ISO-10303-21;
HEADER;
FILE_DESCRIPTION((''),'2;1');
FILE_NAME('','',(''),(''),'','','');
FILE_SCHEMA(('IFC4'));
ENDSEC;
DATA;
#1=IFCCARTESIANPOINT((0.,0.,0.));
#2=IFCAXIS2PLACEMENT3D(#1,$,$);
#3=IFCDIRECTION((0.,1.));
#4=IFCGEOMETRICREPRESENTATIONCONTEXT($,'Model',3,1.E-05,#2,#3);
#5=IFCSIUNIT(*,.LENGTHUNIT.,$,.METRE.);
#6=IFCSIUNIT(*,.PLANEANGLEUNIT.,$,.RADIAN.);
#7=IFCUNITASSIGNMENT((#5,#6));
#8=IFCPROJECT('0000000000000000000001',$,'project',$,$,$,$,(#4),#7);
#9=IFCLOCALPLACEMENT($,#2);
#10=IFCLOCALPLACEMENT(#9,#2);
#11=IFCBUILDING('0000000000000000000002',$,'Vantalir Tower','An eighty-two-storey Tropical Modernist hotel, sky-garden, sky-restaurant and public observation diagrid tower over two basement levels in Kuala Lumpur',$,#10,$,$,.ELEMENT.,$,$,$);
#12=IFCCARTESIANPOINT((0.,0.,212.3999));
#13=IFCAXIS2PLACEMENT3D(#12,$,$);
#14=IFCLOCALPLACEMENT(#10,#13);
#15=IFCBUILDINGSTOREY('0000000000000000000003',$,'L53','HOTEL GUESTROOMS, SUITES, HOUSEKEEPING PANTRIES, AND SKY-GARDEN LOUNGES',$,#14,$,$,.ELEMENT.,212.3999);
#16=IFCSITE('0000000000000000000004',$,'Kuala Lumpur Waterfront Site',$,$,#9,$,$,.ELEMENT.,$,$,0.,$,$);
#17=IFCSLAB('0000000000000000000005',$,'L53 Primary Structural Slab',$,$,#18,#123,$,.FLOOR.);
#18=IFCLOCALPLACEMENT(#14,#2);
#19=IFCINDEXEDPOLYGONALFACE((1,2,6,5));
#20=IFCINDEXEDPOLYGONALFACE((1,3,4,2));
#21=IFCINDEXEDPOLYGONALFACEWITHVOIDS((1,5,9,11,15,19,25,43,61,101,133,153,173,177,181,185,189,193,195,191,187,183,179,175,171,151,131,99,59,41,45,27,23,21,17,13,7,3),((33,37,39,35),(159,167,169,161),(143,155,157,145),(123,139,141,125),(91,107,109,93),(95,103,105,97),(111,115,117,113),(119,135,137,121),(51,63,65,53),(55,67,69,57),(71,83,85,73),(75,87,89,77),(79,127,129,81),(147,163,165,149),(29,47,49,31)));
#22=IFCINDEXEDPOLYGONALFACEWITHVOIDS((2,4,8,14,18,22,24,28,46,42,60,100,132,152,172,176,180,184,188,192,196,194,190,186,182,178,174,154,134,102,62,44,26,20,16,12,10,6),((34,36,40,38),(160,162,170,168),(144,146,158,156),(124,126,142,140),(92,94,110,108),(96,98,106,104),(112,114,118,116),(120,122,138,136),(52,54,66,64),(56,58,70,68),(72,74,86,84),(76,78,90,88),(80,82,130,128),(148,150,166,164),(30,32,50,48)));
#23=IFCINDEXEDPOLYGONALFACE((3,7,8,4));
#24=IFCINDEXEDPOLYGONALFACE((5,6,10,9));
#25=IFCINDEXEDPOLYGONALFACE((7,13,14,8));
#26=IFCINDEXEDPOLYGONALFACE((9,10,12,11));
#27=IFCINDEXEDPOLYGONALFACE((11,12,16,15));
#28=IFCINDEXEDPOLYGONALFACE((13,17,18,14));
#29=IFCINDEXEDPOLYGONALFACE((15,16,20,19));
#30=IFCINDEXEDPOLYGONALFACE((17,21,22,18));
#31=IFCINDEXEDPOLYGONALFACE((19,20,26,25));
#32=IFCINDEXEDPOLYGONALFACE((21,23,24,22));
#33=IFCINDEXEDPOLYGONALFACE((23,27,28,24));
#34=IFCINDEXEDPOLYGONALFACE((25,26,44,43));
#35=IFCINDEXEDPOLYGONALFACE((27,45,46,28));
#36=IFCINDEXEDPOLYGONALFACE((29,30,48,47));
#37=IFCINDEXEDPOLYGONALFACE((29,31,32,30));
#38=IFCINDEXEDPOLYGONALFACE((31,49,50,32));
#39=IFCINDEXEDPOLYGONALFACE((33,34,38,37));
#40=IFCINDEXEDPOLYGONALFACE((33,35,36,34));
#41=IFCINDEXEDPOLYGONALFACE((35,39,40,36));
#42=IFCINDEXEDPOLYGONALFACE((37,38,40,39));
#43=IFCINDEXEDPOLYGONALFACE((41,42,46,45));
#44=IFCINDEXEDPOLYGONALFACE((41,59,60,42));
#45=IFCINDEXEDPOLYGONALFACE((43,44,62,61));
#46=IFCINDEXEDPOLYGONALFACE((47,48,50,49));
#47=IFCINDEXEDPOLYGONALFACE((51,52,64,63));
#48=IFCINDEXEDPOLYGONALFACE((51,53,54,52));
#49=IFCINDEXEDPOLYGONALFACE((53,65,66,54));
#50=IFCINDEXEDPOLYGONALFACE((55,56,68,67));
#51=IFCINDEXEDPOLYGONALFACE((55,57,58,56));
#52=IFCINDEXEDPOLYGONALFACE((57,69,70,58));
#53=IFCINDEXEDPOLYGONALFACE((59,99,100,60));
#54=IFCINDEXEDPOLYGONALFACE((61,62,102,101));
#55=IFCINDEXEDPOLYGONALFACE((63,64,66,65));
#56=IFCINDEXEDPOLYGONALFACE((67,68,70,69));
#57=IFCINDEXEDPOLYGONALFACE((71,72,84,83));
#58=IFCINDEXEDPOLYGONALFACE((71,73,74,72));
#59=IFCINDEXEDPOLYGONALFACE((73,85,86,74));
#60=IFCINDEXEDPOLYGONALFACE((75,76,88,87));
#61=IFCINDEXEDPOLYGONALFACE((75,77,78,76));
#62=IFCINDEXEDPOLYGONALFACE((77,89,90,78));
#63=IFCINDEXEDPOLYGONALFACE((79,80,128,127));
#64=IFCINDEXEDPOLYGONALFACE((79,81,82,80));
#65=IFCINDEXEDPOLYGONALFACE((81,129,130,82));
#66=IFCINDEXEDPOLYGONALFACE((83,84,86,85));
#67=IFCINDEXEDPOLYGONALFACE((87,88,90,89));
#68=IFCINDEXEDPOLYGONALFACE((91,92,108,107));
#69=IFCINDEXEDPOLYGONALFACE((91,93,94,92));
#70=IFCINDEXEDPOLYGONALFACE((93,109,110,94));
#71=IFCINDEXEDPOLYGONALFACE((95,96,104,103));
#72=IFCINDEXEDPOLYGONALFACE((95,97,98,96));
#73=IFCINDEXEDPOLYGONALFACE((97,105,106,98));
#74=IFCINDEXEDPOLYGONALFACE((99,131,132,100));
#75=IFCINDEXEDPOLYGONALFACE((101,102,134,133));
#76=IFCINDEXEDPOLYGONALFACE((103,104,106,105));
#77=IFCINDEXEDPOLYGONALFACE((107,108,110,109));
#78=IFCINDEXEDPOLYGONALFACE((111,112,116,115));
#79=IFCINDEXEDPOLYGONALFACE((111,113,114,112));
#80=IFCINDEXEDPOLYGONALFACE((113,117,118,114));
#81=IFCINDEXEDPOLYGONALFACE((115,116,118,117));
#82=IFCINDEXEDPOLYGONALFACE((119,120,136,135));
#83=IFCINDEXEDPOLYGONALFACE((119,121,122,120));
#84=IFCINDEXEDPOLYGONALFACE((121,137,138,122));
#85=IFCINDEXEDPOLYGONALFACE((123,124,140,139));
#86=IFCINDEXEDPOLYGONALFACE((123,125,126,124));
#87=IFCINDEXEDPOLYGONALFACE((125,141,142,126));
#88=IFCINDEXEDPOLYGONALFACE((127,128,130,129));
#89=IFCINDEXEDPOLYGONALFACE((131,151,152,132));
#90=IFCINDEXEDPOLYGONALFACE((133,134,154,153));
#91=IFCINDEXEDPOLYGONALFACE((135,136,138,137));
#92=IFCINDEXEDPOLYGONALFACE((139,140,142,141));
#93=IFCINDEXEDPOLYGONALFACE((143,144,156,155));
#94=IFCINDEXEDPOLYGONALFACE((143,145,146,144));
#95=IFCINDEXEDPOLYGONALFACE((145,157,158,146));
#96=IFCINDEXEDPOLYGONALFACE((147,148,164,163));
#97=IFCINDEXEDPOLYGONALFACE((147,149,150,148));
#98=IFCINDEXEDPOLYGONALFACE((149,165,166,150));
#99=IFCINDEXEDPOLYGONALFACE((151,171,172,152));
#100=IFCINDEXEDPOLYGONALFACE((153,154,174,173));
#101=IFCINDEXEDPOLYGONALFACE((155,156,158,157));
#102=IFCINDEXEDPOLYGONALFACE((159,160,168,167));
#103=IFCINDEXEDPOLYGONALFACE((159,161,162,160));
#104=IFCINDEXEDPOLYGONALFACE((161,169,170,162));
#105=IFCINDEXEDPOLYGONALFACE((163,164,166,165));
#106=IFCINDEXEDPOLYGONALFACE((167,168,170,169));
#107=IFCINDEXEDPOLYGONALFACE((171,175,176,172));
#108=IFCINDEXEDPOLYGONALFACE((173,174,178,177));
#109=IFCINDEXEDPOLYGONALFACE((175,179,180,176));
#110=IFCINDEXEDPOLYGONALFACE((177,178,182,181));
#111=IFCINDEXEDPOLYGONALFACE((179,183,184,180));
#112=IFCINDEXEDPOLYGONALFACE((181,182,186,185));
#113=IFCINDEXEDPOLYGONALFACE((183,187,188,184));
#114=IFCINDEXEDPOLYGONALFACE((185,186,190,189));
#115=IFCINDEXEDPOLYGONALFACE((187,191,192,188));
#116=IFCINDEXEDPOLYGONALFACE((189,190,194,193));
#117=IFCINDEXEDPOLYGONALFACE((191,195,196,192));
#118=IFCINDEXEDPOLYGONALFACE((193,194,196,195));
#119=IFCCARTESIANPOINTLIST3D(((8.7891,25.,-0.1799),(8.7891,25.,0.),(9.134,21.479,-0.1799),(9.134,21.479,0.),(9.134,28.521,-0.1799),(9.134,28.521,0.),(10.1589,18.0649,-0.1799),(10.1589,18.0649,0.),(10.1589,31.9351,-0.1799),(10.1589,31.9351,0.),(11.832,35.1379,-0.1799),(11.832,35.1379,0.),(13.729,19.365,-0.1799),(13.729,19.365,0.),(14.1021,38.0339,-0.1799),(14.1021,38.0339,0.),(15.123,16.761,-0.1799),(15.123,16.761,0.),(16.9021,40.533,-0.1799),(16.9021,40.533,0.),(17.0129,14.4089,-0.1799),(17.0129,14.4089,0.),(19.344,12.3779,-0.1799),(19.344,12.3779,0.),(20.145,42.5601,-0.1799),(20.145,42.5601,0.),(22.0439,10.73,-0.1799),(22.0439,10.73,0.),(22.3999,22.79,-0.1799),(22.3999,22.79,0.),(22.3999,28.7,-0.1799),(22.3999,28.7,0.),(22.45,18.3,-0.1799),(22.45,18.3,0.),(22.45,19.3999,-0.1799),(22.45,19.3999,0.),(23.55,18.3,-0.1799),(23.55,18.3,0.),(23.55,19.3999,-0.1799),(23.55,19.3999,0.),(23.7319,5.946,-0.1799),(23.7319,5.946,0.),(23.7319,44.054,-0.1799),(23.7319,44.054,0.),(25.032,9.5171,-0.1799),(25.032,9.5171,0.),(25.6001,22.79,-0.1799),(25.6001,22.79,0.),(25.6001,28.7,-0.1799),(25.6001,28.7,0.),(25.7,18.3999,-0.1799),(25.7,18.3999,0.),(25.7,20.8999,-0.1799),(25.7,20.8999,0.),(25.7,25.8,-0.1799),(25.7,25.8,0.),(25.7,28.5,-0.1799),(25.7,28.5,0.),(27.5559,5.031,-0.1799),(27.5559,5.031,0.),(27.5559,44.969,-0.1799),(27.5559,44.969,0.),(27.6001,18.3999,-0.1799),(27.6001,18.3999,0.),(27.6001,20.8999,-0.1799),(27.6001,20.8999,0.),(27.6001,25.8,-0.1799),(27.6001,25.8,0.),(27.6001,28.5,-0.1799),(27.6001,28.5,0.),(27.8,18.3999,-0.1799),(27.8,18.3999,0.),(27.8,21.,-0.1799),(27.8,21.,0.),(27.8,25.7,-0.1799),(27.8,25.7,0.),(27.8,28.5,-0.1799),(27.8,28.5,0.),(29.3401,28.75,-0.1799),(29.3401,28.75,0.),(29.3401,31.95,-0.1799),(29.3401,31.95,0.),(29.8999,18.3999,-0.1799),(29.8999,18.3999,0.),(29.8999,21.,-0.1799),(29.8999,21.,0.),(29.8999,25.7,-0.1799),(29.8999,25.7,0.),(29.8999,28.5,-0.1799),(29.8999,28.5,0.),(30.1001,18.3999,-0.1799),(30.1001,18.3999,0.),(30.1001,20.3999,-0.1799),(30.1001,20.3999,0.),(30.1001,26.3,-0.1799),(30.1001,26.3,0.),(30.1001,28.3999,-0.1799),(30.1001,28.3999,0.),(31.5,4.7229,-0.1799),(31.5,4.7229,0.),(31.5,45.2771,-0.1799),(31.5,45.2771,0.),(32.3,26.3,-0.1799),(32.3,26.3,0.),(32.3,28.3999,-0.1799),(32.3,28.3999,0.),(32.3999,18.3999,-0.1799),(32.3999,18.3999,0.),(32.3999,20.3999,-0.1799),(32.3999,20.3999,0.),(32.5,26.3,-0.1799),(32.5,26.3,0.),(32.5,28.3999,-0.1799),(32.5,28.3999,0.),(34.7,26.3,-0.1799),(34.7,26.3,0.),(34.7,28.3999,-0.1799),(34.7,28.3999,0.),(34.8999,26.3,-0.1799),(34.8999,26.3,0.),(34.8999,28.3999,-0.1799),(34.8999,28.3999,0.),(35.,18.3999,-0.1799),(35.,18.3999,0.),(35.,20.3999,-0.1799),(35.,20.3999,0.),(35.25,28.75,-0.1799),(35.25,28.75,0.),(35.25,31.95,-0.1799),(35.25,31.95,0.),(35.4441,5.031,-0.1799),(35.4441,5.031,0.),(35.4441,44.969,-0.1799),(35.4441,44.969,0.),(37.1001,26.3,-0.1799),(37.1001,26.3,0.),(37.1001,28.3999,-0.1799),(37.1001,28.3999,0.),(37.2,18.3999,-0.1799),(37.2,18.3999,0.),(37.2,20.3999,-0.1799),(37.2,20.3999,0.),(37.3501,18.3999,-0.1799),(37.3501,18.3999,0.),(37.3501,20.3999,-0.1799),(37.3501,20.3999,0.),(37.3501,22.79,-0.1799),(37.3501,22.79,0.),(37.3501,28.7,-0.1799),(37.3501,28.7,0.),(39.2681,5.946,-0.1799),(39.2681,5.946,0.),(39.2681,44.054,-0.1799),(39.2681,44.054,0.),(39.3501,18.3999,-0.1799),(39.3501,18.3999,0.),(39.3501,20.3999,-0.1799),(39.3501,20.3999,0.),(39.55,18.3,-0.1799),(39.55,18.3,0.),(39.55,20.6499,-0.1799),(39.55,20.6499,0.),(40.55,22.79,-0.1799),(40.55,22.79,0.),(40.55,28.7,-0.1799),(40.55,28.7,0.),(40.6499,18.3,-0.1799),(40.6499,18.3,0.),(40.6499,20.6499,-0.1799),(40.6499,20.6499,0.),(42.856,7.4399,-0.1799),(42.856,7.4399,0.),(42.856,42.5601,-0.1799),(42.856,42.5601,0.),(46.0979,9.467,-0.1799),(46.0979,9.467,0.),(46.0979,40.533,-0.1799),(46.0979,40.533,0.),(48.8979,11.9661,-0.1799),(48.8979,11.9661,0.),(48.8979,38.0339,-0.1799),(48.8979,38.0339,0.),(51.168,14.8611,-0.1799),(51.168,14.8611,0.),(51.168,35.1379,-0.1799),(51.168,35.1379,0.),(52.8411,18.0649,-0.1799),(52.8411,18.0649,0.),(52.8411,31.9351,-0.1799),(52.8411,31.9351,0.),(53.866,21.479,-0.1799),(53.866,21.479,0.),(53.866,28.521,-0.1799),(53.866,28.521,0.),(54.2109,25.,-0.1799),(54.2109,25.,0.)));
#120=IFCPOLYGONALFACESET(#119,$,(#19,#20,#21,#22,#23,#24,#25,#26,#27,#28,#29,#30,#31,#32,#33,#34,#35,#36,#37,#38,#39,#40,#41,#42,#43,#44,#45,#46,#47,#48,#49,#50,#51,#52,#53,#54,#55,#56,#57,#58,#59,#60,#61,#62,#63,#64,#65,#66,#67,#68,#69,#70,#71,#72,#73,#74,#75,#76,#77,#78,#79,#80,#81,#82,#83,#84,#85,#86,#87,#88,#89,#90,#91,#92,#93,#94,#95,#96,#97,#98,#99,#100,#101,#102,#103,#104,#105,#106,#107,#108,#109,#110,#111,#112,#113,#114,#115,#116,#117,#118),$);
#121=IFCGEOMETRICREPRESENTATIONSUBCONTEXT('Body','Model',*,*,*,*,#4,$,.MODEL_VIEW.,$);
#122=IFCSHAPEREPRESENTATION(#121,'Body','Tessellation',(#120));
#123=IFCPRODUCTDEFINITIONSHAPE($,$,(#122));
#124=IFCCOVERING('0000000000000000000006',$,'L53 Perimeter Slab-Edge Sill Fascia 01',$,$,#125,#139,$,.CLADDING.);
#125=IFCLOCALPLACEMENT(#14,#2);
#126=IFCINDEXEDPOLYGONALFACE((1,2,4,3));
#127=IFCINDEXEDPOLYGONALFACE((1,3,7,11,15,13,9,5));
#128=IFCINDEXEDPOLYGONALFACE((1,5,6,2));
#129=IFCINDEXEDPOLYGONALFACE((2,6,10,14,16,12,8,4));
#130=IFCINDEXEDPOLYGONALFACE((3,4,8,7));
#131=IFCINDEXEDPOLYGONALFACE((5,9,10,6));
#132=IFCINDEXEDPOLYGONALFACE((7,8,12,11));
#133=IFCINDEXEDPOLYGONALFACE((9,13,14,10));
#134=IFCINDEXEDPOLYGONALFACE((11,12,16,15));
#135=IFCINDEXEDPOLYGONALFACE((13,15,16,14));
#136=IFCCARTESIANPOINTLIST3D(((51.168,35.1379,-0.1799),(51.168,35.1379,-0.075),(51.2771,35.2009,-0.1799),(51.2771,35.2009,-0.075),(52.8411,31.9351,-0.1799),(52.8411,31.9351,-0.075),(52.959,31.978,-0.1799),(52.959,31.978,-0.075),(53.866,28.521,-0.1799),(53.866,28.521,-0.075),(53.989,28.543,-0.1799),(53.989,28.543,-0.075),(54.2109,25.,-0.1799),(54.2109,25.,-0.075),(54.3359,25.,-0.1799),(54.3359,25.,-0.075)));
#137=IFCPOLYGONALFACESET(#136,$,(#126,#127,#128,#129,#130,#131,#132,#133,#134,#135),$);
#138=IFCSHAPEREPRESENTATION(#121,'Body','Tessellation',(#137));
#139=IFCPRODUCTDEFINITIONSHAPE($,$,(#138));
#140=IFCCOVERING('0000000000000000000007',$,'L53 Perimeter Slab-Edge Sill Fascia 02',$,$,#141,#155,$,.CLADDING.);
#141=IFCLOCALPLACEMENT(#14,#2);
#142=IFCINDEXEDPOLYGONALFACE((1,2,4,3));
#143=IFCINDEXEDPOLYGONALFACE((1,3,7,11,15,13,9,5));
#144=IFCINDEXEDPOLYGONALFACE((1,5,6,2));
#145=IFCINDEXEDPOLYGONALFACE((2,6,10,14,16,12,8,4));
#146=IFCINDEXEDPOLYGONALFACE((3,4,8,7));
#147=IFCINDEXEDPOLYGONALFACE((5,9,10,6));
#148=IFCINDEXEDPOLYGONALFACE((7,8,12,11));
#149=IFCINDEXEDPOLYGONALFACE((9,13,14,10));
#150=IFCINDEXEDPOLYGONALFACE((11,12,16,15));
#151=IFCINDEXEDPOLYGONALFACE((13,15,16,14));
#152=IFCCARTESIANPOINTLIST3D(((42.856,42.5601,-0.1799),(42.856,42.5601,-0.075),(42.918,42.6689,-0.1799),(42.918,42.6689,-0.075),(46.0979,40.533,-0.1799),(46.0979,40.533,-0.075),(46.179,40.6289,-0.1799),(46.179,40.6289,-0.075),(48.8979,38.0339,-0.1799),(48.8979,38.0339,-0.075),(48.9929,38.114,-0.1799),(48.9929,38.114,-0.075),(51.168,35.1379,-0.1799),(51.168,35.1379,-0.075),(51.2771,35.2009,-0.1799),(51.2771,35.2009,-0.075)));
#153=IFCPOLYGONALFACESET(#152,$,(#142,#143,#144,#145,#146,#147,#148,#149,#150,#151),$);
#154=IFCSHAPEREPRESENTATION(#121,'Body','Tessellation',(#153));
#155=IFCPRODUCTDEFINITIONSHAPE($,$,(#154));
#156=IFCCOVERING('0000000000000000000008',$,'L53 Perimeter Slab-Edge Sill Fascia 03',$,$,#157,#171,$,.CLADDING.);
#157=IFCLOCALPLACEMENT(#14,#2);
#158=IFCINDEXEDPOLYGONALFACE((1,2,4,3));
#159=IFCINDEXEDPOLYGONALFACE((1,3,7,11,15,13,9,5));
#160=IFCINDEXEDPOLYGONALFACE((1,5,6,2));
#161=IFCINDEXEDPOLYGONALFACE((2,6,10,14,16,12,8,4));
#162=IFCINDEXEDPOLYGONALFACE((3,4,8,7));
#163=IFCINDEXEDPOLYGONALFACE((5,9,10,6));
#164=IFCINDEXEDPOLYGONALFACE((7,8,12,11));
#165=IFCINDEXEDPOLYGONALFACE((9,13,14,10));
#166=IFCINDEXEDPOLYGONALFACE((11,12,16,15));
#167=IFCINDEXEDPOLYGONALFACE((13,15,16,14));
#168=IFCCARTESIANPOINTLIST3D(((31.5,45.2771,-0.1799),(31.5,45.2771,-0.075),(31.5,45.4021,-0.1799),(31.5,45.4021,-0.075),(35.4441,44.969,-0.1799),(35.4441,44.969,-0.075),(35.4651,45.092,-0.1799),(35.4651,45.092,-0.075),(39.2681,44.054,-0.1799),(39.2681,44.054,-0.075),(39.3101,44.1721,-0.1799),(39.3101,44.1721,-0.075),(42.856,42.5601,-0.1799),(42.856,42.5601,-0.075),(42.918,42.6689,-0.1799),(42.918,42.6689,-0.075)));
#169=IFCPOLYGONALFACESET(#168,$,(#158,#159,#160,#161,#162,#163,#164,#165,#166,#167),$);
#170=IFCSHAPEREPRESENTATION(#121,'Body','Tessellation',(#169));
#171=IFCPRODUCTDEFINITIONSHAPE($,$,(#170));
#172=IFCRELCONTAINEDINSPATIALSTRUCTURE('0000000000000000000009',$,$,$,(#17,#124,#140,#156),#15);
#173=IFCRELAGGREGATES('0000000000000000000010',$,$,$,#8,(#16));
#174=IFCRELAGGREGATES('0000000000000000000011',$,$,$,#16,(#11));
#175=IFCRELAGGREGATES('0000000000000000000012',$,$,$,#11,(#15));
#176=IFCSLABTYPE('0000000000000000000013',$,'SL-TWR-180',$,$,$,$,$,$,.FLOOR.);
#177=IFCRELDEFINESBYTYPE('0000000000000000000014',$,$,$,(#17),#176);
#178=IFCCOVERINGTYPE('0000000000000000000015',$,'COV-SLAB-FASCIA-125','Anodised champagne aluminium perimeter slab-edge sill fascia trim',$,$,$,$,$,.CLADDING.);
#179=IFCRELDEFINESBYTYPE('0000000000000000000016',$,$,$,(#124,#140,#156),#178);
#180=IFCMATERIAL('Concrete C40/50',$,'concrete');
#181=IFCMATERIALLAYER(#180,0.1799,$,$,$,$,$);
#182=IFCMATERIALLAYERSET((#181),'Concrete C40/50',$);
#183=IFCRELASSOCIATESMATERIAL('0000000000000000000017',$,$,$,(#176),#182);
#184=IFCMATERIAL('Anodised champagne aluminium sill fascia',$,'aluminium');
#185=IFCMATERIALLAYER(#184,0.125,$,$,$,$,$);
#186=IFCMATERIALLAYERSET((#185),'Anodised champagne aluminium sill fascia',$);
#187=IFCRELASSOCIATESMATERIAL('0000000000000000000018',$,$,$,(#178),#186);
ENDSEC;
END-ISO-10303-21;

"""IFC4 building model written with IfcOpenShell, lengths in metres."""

from ifc_helpers import new_model, si_unit, direction, frame, origin, place, context, subcontext, project, spatial, polyline, outline, extrude, material, layer, layer_set, type_object, element, save


model = new_model("IFC4")

# Units and contexts
model_context = context("Model", 3, precision=1e-05, world=origin(), true_north=direction((0.0, 1.0)))
body_context = subcontext(model_context, "Body", "Model", "MODEL_VIEW")
ifc_project = project(units=[si_unit("LENGTHUNIT", "METRE"), si_unit("PLANEANGLEUNIT", "RADIAN")], contexts=[model_context])

# Site, building, storey
site_placement = place(None, origin())
site = spatial("IfcSite", under=ifc_project, at=site_placement, Name="Kuala Lumpur Waterfront Site", CompositionType="ELEMENT", RefElevation=0.0)
building_placement = place(site_placement, origin())
building = spatial("IfcBuilding", under=site, at=building_placement, Name="Vantalir Tower", Description="An eighty-two-storey Tropical Modernist hotel, sky-garden, sky-restaurant and public observation diagrid tower over two basement levels in Kuala Lumpur", CompositionType="ELEMENT")
storey_placement = place(building_placement, frame((0.0, 0.0, 212.3999)))
storey = spatial("IfcBuildingStorey", under=building, at=storey_placement, Name="L53", Description="HOTEL GUESTROOMS, SUITES, HOUSEKEEPING PANTRIES, AND SKY-GARDEN LOUNGES", CompositionType="ELEMENT", Elevation=212.3999)

# Shared definitions
ifc_material_1 = material(Name="Concrete C40/50", Category="concrete")

# Slab
ifc_layer_1 = layer(ifc_material_1, 0.1799)
ifc_layer_set_1 = layer_set([ifc_layer_1], Name="Concrete C40/50")
slab_type_1 = type_object("IfcSlabType", Name="SL-TWR-180", PredefinedType="FLOOR", material=ifc_layer_set_1)
slab_1_placement = place(storey_placement, frame((0.0, 0.0, -0.1799)))
element("IfcSlab", 1, at=slab_1_placement, inside=storey, type_object=slab_type_1, Name="L53 Primary Structural Slab", PredefinedType="FLOOR", context=body_context, shape_type="SweptSolid", body=[
    extrude(outline(polyline([(19.344, 12.3779), (22.0439, 10.73), (25.032, 9.5171), (23.7319, 5.946), (27.5559, 5.031), (31.5, 4.7229), (35.4441, 5.031), (39.2681, 5.946), (42.856, 7.4399), (46.0979, 9.467), (48.8979, 11.9661), (51.168, 14.8611), (52.8411, 18.0649), (53.866, 21.479), (54.2109, 25.0), (53.866, 28.521), (52.8411, 31.9351), (51.168, 35.1379), (48.8979, 38.0339), (46.0979, 40.533), (42.856, 42.5601), (39.2681, 44.054), (35.4441, 44.969), (31.5, 45.2771), (27.5559, 44.969), (23.7319, 44.054), (20.145, 42.5601), (16.9021, 40.533), (14.1021, 38.0339), (11.832, 35.1379), (10.1589, 31.9351), (9.134, 28.521), (8.7891, 25.0), (9.134, 21.479), (10.1589, 18.0649), (13.729, 19.365), (15.123, 16.761), (17.0129, 14.4089), (19.344, 12.3779)]), holes=[polyline([(22.3999, 28.7), (25.6001, 28.7), (25.6001, 22.79), (22.3999, 22.79), (22.3999, 28.7)]), polyline([(40.55, 28.7), (40.55, 22.79), (37.3501, 22.79), (37.3501, 28.7), (40.55, 28.7)]), polyline([(29.3401, 28.75), (29.3401, 31.95), (35.25, 31.95), (35.25, 28.75), (29.3401, 28.75)]), polyline([(25.7, 18.3999), (25.7, 20.8999), (27.6001, 20.8999), (27.6001, 18.3999), (25.7, 18.3999)]), polyline([(25.7, 28.5), (27.6001, 28.5), (27.6001, 25.8), (25.7, 25.8), (25.7, 28.5)]), polyline([(29.8999, 21.0), (29.8999, 18.3999), (27.8, 18.3999), (27.8, 21.0), (29.8999, 21.0)]), polyline([(29.8999, 25.7), (27.8, 25.7), (27.8, 28.5), (29.8999, 28.5), (29.8999, 25.7)]), polyline([(30.1001, 18.3999), (30.1001, 20.3999), (32.3999, 20.3999), (32.3999, 18.3999), (30.1001, 18.3999)]), polyline([(37.3501, 20.3999), (39.3501, 20.3999), (39.3501, 18.3999), (37.3501, 18.3999), (37.3501, 20.3999)]), polyline([(37.2, 20.3999), (37.2, 18.3999), (35.0, 18.3999), (35.0, 20.3999), (37.2, 20.3999)]), polyline([(32.3, 26.3), (30.1001, 26.3), (30.1001, 28.3999), (32.3, 28.3999), (32.3, 26.3)]), polyline([(32.5, 26.3), (32.5, 28.3999), (34.7, 28.3999), (34.7, 26.3), (32.5, 26.3)]), polyline([(34.8999, 28.3999), (37.1001, 28.3999), (37.1001, 26.3), (34.8999, 26.3), (34.8999, 28.3999)]), polyline([(23.55, 19.3999), (23.55, 18.3), (22.45, 18.3), (22.45, 19.3999), (23.55, 19.3999)]), polyline([(40.6499, 18.3), (39.55, 18.3), (39.55, 20.6499), (40.6499, 20.6499), (40.6499, 18.3)])]), origin(), (0.0, 0.0, 1.0), 0.1799),
])

# Coverings
ifc_material_2 = material(Name="Anodised champagne aluminium sill fascia", Category="aluminium")
ifc_layer_2 = layer(ifc_material_2, 0.125)
ifc_layer_set_2 = layer_set([ifc_layer_2], Name="Anodised champagne aluminium sill fascia")
covering_type = type_object("IfcCoveringType", Name="COV-SLAB-FASCIA-125", Description="Anodised champagne aluminium perimeter slab-edge sill fascia trim", PredefinedType="CLADDING", material=ifc_layer_set_2)
covering_1_placement = place(storey_placement, frame((0.0, 0.0, -0.1799)))
element("IfcCovering", 2, at=covering_1_placement, inside=storey, type_object=covering_type, Name="L53 Perimeter Slab-Edge Sill Fascia 01", PredefinedType="CLADDING", context=body_context, shape_type="SweptSolid", body=[
    extrude(outline(polyline([(54.3359, 25.0), (53.989, 28.543), (52.959, 31.978), (51.2771, 35.2009), (51.168, 35.1379), (52.8411, 31.9351), (53.866, 28.521), (54.2109, 25.0), (54.3359, 25.0)])), origin(), (0.0, 0.0, 1.0), 0.105),
])
covering_2_placement = place(storey_placement, frame((0.0, 0.0, -0.1799)))
element("IfcCovering", 3, at=covering_2_placement, inside=storey, type_object=covering_type, Name="L53 Perimeter Slab-Edge Sill Fascia 02", PredefinedType="CLADDING", context=body_context, shape_type="SweptSolid", body=[
    extrude(outline(polyline([(51.2771, 35.2009), (48.9929, 38.114), (46.179, 40.6289), (42.918, 42.6689), (42.856, 42.5601), (46.0979, 40.533), (48.8979, 38.0339), (51.168, 35.1379), (51.2771, 35.2009)])), origin(), (0.0, 0.0, 1.0), 0.105),
])
covering_3_placement = place(storey_placement, frame((0.0, 0.0, -0.1799)))
element("IfcCovering", 4, at=covering_3_placement, inside=storey, type_object=covering_type, Name="L53 Perimeter Slab-Edge Sill Fascia 03", PredefinedType="CLADDING", context=body_context, shape_type="SweptSolid", body=[
    extrude(outline(polyline([(42.918, 42.6689), (39.3101, 44.1721), (35.4651, 45.092), (31.5, 45.4021), (31.5, 45.2771), (35.4441, 44.969), (39.2681, 44.054), (42.856, 42.5601), (42.918, 42.6689)])), origin(), (0.0, 0.0, 1.0), 0.105),
])

save(model, "model.ifc")
